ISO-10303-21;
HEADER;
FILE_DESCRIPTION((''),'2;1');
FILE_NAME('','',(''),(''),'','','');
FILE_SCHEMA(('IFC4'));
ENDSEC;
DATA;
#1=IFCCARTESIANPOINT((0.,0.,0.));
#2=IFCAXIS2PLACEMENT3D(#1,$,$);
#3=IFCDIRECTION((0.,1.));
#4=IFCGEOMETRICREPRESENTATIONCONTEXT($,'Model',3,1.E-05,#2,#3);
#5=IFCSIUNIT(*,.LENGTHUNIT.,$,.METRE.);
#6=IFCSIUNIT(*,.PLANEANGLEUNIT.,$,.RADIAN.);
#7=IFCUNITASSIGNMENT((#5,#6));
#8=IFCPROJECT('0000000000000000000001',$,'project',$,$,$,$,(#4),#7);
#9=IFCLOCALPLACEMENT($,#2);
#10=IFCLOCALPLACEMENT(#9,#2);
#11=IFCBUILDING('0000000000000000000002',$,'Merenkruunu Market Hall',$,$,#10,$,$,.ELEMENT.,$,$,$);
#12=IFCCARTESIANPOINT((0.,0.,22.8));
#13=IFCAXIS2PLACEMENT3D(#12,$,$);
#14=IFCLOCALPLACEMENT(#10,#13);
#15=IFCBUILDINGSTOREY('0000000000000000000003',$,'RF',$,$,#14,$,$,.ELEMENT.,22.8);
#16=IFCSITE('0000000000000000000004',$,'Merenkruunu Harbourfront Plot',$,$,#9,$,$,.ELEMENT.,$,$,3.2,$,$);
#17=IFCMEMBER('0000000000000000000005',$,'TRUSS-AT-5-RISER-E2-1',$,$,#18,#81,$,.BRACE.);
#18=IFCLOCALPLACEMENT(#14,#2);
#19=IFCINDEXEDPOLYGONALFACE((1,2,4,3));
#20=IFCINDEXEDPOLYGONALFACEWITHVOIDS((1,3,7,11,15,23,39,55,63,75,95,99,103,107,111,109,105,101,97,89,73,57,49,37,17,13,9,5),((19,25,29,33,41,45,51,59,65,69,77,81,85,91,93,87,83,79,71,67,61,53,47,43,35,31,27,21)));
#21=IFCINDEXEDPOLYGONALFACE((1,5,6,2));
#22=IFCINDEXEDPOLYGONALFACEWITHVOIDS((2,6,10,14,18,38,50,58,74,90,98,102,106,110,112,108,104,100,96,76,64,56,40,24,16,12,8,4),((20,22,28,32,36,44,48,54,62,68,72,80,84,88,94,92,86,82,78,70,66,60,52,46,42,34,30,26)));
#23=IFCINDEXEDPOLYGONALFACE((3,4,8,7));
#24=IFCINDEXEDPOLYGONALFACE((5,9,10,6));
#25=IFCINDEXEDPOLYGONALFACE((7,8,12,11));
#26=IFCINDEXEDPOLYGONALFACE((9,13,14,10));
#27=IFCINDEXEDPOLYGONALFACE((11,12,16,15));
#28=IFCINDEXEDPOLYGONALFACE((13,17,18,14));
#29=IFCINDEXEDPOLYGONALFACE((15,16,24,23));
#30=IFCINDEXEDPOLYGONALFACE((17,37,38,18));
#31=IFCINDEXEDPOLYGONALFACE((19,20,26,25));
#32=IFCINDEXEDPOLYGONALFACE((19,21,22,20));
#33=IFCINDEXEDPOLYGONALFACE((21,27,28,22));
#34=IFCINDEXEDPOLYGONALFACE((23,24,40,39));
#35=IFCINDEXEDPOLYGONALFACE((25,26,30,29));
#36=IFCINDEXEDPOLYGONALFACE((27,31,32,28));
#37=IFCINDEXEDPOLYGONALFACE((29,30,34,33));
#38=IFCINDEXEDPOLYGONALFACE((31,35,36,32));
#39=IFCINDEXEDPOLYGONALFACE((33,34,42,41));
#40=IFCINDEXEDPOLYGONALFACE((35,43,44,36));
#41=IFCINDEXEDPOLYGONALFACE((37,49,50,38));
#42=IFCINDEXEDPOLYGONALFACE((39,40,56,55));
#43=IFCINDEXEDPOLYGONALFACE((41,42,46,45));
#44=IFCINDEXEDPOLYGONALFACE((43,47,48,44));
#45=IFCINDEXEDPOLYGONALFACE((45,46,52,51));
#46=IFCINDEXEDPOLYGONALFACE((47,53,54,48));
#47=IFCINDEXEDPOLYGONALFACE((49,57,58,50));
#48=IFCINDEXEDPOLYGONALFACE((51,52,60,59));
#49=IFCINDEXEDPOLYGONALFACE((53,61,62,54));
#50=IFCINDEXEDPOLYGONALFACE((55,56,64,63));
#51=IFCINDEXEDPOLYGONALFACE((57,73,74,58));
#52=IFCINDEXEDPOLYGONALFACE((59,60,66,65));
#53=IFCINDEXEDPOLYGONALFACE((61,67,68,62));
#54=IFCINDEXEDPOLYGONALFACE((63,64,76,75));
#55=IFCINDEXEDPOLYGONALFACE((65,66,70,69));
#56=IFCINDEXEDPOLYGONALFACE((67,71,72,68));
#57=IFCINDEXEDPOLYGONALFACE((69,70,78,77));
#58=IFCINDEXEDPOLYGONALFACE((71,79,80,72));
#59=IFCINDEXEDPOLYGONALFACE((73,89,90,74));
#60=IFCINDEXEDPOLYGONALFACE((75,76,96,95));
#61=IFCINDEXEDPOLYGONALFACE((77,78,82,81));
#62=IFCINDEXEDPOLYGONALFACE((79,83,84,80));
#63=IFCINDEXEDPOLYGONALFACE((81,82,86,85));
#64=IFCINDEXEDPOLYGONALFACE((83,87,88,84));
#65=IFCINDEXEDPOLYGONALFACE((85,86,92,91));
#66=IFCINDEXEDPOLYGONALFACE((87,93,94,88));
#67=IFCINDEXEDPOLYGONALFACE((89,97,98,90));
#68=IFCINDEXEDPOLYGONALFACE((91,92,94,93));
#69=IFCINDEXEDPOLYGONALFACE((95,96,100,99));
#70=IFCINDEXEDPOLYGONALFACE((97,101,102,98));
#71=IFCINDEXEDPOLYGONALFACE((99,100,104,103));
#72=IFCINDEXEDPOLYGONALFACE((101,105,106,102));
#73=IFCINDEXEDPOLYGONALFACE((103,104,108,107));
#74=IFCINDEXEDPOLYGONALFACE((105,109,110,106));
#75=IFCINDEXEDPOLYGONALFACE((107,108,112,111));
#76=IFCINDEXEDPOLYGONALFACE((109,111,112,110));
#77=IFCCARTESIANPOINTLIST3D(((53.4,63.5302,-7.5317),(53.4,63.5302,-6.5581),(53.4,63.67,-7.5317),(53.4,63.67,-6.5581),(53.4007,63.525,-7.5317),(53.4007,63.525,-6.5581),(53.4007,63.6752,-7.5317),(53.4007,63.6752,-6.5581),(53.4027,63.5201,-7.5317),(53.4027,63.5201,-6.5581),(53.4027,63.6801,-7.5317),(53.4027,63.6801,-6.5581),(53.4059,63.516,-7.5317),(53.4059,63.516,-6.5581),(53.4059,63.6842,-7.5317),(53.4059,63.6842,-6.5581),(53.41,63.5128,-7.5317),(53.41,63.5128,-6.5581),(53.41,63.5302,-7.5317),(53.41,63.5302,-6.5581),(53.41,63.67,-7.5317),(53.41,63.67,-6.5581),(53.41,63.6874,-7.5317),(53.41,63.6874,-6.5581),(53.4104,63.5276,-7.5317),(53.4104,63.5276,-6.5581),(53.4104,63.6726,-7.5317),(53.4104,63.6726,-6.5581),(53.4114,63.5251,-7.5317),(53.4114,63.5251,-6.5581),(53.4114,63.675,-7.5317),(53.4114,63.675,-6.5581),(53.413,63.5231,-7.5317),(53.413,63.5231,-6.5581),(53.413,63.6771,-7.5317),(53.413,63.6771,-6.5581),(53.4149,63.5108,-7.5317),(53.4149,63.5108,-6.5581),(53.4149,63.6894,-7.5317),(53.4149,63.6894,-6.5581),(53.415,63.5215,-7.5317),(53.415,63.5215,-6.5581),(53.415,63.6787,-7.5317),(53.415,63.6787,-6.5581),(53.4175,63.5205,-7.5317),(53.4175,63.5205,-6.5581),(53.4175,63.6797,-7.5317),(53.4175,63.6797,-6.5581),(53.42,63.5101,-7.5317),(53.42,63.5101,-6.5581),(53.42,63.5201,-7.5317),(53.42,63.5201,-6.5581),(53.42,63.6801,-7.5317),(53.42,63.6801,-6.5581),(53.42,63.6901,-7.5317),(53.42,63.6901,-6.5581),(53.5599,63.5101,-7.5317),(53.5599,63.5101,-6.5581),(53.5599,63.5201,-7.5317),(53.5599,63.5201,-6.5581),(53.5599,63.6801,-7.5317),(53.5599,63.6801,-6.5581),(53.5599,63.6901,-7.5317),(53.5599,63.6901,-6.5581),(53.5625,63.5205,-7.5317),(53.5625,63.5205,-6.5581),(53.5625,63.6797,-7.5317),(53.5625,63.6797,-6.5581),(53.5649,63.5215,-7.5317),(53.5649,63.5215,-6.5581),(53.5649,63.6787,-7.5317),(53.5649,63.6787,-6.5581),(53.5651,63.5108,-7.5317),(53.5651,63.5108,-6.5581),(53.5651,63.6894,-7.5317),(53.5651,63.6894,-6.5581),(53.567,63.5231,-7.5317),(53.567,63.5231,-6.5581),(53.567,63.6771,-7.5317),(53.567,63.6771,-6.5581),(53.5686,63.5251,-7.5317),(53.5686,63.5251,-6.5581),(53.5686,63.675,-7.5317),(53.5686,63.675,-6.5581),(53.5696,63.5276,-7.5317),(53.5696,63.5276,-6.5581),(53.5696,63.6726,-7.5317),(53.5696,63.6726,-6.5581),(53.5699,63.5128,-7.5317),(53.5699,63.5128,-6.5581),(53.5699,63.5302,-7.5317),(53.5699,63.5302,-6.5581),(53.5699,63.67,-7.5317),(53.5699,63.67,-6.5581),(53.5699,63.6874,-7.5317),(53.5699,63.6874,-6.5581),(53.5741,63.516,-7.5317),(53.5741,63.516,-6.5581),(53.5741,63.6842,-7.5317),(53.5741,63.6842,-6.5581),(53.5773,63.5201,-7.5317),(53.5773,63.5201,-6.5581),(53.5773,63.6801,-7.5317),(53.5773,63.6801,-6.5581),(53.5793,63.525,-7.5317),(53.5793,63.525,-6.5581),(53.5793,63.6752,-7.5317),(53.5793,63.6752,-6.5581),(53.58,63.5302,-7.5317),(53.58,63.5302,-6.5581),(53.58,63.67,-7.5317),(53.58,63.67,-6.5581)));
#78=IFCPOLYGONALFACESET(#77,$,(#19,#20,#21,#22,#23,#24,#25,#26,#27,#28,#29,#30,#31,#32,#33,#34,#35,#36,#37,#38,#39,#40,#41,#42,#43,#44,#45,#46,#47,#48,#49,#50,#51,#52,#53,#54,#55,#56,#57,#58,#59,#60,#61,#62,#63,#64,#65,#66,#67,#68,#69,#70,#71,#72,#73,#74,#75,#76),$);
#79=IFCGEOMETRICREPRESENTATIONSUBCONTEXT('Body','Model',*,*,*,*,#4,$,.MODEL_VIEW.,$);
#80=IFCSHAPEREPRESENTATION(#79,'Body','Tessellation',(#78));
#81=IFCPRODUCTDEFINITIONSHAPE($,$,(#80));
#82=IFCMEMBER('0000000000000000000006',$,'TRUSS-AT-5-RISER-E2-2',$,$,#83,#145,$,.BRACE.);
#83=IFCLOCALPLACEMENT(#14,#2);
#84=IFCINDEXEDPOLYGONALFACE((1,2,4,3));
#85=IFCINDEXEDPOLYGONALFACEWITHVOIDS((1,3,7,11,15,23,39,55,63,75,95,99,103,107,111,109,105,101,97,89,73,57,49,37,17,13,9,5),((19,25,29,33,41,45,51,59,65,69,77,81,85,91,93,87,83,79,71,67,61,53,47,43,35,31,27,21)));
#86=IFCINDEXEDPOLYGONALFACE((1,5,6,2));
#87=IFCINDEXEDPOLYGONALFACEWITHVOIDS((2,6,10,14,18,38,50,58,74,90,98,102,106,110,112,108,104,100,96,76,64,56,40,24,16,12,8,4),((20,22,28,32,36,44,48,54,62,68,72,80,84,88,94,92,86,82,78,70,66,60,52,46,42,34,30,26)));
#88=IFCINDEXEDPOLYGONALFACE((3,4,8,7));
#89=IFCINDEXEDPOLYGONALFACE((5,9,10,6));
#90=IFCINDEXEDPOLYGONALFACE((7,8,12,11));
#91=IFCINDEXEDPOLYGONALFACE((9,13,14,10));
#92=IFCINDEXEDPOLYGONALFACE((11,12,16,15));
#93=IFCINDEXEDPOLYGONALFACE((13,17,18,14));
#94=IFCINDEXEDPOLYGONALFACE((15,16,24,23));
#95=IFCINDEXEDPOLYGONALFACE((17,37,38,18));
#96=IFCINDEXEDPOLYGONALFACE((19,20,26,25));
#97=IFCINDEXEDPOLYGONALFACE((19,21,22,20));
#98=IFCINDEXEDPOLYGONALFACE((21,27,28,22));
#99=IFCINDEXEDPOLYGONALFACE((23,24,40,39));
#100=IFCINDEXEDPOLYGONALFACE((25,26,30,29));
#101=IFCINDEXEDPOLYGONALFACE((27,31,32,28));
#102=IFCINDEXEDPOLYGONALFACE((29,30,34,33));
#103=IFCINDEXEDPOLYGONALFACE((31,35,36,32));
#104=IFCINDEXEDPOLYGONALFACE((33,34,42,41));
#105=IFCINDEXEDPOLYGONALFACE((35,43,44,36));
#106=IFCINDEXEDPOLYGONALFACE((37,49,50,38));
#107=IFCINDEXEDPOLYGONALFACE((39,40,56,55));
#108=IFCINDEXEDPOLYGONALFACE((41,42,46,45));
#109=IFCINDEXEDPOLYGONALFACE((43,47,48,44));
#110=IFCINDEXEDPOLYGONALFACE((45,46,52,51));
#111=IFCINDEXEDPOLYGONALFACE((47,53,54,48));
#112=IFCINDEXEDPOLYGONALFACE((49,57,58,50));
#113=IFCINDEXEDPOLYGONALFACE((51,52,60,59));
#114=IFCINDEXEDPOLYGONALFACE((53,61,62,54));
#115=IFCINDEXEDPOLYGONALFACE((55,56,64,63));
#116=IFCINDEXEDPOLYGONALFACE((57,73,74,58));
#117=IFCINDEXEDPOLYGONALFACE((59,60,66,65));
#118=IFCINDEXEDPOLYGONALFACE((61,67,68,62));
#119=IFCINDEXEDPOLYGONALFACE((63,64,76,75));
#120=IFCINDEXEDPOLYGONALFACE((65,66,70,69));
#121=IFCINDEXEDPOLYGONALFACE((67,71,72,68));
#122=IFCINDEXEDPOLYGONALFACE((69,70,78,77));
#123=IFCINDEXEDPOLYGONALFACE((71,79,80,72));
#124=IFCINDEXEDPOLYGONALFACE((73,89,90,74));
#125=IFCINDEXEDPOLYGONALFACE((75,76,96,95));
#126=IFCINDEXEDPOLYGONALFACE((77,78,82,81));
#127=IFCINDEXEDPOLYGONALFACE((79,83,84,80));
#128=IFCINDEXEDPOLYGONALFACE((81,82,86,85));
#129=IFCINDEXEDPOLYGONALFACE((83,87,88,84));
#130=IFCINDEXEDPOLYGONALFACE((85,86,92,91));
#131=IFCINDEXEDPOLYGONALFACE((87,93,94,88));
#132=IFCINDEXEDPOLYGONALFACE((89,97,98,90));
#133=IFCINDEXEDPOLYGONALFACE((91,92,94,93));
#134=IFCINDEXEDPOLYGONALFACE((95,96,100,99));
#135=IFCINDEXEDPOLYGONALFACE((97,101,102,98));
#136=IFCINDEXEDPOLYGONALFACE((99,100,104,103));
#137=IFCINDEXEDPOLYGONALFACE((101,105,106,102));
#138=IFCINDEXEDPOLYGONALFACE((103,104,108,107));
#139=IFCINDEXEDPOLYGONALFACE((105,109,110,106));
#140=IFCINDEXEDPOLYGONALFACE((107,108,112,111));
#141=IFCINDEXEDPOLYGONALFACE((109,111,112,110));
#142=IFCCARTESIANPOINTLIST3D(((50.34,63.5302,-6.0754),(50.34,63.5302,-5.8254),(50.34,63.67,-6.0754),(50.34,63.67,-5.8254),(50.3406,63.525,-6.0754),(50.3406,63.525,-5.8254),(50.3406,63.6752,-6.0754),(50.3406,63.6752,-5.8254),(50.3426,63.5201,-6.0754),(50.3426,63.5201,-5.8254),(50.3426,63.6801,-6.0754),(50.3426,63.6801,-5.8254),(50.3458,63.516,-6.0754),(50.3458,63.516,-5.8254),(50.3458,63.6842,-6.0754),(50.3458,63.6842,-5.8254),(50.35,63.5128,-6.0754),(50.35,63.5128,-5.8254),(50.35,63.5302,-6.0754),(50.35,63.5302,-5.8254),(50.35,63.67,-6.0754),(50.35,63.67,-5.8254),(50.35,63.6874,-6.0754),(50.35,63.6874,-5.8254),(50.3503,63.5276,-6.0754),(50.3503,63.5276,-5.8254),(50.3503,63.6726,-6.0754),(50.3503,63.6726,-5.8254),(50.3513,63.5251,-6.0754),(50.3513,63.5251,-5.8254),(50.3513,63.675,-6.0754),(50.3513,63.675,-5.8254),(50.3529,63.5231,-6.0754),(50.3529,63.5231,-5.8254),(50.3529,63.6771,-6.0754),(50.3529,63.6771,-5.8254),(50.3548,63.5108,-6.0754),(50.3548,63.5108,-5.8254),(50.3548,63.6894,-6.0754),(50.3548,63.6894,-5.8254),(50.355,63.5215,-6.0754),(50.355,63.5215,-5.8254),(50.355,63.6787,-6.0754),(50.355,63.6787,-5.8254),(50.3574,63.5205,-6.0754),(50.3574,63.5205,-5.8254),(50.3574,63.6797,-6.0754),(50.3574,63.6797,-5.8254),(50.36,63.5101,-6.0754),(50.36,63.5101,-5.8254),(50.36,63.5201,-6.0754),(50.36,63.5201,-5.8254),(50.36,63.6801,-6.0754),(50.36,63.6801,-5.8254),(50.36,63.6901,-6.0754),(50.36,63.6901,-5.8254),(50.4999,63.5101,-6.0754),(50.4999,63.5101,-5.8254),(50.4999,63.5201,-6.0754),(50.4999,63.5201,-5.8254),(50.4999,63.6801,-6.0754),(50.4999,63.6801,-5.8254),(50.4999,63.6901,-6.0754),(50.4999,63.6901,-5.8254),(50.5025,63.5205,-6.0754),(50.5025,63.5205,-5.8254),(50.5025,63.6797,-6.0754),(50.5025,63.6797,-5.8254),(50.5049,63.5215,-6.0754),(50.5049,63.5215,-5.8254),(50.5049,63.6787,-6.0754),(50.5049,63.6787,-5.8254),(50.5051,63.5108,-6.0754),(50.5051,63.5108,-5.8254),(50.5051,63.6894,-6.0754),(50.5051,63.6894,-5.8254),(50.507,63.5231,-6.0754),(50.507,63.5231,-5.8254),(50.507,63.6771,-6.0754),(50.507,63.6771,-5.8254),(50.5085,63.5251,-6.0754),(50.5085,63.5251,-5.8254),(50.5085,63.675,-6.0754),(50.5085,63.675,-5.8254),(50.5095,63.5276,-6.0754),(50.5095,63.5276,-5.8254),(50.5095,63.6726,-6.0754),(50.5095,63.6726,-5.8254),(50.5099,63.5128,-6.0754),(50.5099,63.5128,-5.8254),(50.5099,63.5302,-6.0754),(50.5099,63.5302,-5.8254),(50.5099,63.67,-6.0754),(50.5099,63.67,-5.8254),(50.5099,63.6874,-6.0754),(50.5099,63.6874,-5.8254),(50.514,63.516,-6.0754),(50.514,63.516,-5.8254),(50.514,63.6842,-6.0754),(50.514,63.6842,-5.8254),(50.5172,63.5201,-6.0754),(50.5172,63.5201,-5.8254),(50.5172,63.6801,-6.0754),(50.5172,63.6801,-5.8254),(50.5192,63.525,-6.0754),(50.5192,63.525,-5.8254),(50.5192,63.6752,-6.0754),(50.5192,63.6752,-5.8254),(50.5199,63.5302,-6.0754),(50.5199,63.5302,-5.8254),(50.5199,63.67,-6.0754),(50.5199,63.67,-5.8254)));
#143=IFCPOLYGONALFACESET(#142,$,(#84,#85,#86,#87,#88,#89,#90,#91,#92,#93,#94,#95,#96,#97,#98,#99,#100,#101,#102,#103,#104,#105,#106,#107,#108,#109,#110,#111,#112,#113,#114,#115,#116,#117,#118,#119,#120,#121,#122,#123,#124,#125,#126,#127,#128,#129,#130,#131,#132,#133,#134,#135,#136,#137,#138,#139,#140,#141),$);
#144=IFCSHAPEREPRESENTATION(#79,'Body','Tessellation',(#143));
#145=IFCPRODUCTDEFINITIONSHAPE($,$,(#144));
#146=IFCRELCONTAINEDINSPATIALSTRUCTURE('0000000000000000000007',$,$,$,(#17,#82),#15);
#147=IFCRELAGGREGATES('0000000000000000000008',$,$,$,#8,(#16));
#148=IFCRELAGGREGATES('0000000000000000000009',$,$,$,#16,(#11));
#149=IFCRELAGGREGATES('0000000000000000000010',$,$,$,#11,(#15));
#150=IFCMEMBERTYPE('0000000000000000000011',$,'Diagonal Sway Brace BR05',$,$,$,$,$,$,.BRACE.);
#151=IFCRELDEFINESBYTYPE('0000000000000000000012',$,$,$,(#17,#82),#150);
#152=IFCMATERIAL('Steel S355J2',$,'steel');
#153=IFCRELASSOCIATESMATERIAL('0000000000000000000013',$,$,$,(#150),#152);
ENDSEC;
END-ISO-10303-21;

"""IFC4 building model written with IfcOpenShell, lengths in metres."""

from ifc_helpers import new_model, si_unit, direction, frame, origin, origin_2d, place, context, subcontext, project, spatial, hollow_rectangle, extrude, material, material_profile, profile_set, type_object, element, save


model = new_model("IFC4")

# Units and contexts
model_context = context("Model", 3, precision=1e-05, world=origin(), true_north=direction((0.0, 1.0)))
body_context = subcontext(model_context, "Body", "Model", "MODEL_VIEW")
ifc_project = project(units=[si_unit("LENGTHUNIT", "METRE"), si_unit("PLANEANGLEUNIT", "RADIAN")], contexts=[model_context])

# Site, building, storey
site_placement = place(None, origin())
site = spatial("IfcSite", under=ifc_project, at=site_placement, Name="Merenkruunu Harbourfront Plot", CompositionType="ELEMENT", RefElevation=3.2)
building_placement = place(site_placement, origin())
building = spatial("IfcBuilding", under=site, at=building_placement, Name="Merenkruunu Market Hall", CompositionType="ELEMENT")
storey_placement = place(building_placement, frame((0.0, 0.0, 22.8)))
storey = spatial("IfcBuildingStorey", under=building, at=storey_placement, Name="RF", CompositionType="ELEMENT", Elevation=22.8)

# Members
ifc_material_1 = material(Name="Steel S355J2", Category="steel")
ifc_material_profile_1 = material_profile(ifc_material_1, hollow_rectangle(XDim=0.1799, YDim=0.1799, WallThickness=0.01, InnerFilletRadius=0.01, OuterFilletRadius=0.02, at=origin_2d()), Name="SHS 180x180x10")
ifc_profile_set_1 = profile_set([ifc_material_profile_1], Name="Steel S355J2")
member_type_1 = type_object("IfcMemberType", Name="Diagonal Sway Brace BR05", PredefinedType="BRACE", material=ifc_profile_set_1)
member_1_placement = place(storey_placement, frame((53.49, 63.6001, -7.5317), z_axis=(0.0, 0.0, 1.0), x_axis=(1.0, 0.0, 0.0)))
element("IfcMember", 1, at=member_1_placement, inside=storey, type_object=member_type_1, Name="TRUSS-AT-5-RISER-E2-1", PredefinedType="BRACE", context=body_context, shape_type="SweptSolid", body=[
    extrude(hollow_rectangle(XDim=0.1799, YDim=0.1799, WallThickness=0.01, InnerFilletRadius=0.01, OuterFilletRadius=0.02, at=origin_2d()), origin(), (0.0, 0.0, 1.0), 0.9736),
])
member_2_placement = place(storey_placement, frame((50.4299, 63.6001, -6.0754), z_axis=(0.0, 0.0, 1.0), x_axis=(1.0, 0.0, 0.0)))
element("IfcMember", 2, at=member_2_placement, inside=storey, type_object=member_type_1, Name="TRUSS-AT-5-RISER-E2-2", PredefinedType="BRACE", context=body_context, shape_type="SweptSolid", body=[
    extrude(hollow_rectangle(XDim=0.1799, YDim=0.1799, WallThickness=0.01, InnerFilletRadius=0.01, OuterFilletRadius=0.02, at=origin_2d()), origin(), (0.0, 0.0, 1.0), 0.25),
])

save(model, "model.ifc")
